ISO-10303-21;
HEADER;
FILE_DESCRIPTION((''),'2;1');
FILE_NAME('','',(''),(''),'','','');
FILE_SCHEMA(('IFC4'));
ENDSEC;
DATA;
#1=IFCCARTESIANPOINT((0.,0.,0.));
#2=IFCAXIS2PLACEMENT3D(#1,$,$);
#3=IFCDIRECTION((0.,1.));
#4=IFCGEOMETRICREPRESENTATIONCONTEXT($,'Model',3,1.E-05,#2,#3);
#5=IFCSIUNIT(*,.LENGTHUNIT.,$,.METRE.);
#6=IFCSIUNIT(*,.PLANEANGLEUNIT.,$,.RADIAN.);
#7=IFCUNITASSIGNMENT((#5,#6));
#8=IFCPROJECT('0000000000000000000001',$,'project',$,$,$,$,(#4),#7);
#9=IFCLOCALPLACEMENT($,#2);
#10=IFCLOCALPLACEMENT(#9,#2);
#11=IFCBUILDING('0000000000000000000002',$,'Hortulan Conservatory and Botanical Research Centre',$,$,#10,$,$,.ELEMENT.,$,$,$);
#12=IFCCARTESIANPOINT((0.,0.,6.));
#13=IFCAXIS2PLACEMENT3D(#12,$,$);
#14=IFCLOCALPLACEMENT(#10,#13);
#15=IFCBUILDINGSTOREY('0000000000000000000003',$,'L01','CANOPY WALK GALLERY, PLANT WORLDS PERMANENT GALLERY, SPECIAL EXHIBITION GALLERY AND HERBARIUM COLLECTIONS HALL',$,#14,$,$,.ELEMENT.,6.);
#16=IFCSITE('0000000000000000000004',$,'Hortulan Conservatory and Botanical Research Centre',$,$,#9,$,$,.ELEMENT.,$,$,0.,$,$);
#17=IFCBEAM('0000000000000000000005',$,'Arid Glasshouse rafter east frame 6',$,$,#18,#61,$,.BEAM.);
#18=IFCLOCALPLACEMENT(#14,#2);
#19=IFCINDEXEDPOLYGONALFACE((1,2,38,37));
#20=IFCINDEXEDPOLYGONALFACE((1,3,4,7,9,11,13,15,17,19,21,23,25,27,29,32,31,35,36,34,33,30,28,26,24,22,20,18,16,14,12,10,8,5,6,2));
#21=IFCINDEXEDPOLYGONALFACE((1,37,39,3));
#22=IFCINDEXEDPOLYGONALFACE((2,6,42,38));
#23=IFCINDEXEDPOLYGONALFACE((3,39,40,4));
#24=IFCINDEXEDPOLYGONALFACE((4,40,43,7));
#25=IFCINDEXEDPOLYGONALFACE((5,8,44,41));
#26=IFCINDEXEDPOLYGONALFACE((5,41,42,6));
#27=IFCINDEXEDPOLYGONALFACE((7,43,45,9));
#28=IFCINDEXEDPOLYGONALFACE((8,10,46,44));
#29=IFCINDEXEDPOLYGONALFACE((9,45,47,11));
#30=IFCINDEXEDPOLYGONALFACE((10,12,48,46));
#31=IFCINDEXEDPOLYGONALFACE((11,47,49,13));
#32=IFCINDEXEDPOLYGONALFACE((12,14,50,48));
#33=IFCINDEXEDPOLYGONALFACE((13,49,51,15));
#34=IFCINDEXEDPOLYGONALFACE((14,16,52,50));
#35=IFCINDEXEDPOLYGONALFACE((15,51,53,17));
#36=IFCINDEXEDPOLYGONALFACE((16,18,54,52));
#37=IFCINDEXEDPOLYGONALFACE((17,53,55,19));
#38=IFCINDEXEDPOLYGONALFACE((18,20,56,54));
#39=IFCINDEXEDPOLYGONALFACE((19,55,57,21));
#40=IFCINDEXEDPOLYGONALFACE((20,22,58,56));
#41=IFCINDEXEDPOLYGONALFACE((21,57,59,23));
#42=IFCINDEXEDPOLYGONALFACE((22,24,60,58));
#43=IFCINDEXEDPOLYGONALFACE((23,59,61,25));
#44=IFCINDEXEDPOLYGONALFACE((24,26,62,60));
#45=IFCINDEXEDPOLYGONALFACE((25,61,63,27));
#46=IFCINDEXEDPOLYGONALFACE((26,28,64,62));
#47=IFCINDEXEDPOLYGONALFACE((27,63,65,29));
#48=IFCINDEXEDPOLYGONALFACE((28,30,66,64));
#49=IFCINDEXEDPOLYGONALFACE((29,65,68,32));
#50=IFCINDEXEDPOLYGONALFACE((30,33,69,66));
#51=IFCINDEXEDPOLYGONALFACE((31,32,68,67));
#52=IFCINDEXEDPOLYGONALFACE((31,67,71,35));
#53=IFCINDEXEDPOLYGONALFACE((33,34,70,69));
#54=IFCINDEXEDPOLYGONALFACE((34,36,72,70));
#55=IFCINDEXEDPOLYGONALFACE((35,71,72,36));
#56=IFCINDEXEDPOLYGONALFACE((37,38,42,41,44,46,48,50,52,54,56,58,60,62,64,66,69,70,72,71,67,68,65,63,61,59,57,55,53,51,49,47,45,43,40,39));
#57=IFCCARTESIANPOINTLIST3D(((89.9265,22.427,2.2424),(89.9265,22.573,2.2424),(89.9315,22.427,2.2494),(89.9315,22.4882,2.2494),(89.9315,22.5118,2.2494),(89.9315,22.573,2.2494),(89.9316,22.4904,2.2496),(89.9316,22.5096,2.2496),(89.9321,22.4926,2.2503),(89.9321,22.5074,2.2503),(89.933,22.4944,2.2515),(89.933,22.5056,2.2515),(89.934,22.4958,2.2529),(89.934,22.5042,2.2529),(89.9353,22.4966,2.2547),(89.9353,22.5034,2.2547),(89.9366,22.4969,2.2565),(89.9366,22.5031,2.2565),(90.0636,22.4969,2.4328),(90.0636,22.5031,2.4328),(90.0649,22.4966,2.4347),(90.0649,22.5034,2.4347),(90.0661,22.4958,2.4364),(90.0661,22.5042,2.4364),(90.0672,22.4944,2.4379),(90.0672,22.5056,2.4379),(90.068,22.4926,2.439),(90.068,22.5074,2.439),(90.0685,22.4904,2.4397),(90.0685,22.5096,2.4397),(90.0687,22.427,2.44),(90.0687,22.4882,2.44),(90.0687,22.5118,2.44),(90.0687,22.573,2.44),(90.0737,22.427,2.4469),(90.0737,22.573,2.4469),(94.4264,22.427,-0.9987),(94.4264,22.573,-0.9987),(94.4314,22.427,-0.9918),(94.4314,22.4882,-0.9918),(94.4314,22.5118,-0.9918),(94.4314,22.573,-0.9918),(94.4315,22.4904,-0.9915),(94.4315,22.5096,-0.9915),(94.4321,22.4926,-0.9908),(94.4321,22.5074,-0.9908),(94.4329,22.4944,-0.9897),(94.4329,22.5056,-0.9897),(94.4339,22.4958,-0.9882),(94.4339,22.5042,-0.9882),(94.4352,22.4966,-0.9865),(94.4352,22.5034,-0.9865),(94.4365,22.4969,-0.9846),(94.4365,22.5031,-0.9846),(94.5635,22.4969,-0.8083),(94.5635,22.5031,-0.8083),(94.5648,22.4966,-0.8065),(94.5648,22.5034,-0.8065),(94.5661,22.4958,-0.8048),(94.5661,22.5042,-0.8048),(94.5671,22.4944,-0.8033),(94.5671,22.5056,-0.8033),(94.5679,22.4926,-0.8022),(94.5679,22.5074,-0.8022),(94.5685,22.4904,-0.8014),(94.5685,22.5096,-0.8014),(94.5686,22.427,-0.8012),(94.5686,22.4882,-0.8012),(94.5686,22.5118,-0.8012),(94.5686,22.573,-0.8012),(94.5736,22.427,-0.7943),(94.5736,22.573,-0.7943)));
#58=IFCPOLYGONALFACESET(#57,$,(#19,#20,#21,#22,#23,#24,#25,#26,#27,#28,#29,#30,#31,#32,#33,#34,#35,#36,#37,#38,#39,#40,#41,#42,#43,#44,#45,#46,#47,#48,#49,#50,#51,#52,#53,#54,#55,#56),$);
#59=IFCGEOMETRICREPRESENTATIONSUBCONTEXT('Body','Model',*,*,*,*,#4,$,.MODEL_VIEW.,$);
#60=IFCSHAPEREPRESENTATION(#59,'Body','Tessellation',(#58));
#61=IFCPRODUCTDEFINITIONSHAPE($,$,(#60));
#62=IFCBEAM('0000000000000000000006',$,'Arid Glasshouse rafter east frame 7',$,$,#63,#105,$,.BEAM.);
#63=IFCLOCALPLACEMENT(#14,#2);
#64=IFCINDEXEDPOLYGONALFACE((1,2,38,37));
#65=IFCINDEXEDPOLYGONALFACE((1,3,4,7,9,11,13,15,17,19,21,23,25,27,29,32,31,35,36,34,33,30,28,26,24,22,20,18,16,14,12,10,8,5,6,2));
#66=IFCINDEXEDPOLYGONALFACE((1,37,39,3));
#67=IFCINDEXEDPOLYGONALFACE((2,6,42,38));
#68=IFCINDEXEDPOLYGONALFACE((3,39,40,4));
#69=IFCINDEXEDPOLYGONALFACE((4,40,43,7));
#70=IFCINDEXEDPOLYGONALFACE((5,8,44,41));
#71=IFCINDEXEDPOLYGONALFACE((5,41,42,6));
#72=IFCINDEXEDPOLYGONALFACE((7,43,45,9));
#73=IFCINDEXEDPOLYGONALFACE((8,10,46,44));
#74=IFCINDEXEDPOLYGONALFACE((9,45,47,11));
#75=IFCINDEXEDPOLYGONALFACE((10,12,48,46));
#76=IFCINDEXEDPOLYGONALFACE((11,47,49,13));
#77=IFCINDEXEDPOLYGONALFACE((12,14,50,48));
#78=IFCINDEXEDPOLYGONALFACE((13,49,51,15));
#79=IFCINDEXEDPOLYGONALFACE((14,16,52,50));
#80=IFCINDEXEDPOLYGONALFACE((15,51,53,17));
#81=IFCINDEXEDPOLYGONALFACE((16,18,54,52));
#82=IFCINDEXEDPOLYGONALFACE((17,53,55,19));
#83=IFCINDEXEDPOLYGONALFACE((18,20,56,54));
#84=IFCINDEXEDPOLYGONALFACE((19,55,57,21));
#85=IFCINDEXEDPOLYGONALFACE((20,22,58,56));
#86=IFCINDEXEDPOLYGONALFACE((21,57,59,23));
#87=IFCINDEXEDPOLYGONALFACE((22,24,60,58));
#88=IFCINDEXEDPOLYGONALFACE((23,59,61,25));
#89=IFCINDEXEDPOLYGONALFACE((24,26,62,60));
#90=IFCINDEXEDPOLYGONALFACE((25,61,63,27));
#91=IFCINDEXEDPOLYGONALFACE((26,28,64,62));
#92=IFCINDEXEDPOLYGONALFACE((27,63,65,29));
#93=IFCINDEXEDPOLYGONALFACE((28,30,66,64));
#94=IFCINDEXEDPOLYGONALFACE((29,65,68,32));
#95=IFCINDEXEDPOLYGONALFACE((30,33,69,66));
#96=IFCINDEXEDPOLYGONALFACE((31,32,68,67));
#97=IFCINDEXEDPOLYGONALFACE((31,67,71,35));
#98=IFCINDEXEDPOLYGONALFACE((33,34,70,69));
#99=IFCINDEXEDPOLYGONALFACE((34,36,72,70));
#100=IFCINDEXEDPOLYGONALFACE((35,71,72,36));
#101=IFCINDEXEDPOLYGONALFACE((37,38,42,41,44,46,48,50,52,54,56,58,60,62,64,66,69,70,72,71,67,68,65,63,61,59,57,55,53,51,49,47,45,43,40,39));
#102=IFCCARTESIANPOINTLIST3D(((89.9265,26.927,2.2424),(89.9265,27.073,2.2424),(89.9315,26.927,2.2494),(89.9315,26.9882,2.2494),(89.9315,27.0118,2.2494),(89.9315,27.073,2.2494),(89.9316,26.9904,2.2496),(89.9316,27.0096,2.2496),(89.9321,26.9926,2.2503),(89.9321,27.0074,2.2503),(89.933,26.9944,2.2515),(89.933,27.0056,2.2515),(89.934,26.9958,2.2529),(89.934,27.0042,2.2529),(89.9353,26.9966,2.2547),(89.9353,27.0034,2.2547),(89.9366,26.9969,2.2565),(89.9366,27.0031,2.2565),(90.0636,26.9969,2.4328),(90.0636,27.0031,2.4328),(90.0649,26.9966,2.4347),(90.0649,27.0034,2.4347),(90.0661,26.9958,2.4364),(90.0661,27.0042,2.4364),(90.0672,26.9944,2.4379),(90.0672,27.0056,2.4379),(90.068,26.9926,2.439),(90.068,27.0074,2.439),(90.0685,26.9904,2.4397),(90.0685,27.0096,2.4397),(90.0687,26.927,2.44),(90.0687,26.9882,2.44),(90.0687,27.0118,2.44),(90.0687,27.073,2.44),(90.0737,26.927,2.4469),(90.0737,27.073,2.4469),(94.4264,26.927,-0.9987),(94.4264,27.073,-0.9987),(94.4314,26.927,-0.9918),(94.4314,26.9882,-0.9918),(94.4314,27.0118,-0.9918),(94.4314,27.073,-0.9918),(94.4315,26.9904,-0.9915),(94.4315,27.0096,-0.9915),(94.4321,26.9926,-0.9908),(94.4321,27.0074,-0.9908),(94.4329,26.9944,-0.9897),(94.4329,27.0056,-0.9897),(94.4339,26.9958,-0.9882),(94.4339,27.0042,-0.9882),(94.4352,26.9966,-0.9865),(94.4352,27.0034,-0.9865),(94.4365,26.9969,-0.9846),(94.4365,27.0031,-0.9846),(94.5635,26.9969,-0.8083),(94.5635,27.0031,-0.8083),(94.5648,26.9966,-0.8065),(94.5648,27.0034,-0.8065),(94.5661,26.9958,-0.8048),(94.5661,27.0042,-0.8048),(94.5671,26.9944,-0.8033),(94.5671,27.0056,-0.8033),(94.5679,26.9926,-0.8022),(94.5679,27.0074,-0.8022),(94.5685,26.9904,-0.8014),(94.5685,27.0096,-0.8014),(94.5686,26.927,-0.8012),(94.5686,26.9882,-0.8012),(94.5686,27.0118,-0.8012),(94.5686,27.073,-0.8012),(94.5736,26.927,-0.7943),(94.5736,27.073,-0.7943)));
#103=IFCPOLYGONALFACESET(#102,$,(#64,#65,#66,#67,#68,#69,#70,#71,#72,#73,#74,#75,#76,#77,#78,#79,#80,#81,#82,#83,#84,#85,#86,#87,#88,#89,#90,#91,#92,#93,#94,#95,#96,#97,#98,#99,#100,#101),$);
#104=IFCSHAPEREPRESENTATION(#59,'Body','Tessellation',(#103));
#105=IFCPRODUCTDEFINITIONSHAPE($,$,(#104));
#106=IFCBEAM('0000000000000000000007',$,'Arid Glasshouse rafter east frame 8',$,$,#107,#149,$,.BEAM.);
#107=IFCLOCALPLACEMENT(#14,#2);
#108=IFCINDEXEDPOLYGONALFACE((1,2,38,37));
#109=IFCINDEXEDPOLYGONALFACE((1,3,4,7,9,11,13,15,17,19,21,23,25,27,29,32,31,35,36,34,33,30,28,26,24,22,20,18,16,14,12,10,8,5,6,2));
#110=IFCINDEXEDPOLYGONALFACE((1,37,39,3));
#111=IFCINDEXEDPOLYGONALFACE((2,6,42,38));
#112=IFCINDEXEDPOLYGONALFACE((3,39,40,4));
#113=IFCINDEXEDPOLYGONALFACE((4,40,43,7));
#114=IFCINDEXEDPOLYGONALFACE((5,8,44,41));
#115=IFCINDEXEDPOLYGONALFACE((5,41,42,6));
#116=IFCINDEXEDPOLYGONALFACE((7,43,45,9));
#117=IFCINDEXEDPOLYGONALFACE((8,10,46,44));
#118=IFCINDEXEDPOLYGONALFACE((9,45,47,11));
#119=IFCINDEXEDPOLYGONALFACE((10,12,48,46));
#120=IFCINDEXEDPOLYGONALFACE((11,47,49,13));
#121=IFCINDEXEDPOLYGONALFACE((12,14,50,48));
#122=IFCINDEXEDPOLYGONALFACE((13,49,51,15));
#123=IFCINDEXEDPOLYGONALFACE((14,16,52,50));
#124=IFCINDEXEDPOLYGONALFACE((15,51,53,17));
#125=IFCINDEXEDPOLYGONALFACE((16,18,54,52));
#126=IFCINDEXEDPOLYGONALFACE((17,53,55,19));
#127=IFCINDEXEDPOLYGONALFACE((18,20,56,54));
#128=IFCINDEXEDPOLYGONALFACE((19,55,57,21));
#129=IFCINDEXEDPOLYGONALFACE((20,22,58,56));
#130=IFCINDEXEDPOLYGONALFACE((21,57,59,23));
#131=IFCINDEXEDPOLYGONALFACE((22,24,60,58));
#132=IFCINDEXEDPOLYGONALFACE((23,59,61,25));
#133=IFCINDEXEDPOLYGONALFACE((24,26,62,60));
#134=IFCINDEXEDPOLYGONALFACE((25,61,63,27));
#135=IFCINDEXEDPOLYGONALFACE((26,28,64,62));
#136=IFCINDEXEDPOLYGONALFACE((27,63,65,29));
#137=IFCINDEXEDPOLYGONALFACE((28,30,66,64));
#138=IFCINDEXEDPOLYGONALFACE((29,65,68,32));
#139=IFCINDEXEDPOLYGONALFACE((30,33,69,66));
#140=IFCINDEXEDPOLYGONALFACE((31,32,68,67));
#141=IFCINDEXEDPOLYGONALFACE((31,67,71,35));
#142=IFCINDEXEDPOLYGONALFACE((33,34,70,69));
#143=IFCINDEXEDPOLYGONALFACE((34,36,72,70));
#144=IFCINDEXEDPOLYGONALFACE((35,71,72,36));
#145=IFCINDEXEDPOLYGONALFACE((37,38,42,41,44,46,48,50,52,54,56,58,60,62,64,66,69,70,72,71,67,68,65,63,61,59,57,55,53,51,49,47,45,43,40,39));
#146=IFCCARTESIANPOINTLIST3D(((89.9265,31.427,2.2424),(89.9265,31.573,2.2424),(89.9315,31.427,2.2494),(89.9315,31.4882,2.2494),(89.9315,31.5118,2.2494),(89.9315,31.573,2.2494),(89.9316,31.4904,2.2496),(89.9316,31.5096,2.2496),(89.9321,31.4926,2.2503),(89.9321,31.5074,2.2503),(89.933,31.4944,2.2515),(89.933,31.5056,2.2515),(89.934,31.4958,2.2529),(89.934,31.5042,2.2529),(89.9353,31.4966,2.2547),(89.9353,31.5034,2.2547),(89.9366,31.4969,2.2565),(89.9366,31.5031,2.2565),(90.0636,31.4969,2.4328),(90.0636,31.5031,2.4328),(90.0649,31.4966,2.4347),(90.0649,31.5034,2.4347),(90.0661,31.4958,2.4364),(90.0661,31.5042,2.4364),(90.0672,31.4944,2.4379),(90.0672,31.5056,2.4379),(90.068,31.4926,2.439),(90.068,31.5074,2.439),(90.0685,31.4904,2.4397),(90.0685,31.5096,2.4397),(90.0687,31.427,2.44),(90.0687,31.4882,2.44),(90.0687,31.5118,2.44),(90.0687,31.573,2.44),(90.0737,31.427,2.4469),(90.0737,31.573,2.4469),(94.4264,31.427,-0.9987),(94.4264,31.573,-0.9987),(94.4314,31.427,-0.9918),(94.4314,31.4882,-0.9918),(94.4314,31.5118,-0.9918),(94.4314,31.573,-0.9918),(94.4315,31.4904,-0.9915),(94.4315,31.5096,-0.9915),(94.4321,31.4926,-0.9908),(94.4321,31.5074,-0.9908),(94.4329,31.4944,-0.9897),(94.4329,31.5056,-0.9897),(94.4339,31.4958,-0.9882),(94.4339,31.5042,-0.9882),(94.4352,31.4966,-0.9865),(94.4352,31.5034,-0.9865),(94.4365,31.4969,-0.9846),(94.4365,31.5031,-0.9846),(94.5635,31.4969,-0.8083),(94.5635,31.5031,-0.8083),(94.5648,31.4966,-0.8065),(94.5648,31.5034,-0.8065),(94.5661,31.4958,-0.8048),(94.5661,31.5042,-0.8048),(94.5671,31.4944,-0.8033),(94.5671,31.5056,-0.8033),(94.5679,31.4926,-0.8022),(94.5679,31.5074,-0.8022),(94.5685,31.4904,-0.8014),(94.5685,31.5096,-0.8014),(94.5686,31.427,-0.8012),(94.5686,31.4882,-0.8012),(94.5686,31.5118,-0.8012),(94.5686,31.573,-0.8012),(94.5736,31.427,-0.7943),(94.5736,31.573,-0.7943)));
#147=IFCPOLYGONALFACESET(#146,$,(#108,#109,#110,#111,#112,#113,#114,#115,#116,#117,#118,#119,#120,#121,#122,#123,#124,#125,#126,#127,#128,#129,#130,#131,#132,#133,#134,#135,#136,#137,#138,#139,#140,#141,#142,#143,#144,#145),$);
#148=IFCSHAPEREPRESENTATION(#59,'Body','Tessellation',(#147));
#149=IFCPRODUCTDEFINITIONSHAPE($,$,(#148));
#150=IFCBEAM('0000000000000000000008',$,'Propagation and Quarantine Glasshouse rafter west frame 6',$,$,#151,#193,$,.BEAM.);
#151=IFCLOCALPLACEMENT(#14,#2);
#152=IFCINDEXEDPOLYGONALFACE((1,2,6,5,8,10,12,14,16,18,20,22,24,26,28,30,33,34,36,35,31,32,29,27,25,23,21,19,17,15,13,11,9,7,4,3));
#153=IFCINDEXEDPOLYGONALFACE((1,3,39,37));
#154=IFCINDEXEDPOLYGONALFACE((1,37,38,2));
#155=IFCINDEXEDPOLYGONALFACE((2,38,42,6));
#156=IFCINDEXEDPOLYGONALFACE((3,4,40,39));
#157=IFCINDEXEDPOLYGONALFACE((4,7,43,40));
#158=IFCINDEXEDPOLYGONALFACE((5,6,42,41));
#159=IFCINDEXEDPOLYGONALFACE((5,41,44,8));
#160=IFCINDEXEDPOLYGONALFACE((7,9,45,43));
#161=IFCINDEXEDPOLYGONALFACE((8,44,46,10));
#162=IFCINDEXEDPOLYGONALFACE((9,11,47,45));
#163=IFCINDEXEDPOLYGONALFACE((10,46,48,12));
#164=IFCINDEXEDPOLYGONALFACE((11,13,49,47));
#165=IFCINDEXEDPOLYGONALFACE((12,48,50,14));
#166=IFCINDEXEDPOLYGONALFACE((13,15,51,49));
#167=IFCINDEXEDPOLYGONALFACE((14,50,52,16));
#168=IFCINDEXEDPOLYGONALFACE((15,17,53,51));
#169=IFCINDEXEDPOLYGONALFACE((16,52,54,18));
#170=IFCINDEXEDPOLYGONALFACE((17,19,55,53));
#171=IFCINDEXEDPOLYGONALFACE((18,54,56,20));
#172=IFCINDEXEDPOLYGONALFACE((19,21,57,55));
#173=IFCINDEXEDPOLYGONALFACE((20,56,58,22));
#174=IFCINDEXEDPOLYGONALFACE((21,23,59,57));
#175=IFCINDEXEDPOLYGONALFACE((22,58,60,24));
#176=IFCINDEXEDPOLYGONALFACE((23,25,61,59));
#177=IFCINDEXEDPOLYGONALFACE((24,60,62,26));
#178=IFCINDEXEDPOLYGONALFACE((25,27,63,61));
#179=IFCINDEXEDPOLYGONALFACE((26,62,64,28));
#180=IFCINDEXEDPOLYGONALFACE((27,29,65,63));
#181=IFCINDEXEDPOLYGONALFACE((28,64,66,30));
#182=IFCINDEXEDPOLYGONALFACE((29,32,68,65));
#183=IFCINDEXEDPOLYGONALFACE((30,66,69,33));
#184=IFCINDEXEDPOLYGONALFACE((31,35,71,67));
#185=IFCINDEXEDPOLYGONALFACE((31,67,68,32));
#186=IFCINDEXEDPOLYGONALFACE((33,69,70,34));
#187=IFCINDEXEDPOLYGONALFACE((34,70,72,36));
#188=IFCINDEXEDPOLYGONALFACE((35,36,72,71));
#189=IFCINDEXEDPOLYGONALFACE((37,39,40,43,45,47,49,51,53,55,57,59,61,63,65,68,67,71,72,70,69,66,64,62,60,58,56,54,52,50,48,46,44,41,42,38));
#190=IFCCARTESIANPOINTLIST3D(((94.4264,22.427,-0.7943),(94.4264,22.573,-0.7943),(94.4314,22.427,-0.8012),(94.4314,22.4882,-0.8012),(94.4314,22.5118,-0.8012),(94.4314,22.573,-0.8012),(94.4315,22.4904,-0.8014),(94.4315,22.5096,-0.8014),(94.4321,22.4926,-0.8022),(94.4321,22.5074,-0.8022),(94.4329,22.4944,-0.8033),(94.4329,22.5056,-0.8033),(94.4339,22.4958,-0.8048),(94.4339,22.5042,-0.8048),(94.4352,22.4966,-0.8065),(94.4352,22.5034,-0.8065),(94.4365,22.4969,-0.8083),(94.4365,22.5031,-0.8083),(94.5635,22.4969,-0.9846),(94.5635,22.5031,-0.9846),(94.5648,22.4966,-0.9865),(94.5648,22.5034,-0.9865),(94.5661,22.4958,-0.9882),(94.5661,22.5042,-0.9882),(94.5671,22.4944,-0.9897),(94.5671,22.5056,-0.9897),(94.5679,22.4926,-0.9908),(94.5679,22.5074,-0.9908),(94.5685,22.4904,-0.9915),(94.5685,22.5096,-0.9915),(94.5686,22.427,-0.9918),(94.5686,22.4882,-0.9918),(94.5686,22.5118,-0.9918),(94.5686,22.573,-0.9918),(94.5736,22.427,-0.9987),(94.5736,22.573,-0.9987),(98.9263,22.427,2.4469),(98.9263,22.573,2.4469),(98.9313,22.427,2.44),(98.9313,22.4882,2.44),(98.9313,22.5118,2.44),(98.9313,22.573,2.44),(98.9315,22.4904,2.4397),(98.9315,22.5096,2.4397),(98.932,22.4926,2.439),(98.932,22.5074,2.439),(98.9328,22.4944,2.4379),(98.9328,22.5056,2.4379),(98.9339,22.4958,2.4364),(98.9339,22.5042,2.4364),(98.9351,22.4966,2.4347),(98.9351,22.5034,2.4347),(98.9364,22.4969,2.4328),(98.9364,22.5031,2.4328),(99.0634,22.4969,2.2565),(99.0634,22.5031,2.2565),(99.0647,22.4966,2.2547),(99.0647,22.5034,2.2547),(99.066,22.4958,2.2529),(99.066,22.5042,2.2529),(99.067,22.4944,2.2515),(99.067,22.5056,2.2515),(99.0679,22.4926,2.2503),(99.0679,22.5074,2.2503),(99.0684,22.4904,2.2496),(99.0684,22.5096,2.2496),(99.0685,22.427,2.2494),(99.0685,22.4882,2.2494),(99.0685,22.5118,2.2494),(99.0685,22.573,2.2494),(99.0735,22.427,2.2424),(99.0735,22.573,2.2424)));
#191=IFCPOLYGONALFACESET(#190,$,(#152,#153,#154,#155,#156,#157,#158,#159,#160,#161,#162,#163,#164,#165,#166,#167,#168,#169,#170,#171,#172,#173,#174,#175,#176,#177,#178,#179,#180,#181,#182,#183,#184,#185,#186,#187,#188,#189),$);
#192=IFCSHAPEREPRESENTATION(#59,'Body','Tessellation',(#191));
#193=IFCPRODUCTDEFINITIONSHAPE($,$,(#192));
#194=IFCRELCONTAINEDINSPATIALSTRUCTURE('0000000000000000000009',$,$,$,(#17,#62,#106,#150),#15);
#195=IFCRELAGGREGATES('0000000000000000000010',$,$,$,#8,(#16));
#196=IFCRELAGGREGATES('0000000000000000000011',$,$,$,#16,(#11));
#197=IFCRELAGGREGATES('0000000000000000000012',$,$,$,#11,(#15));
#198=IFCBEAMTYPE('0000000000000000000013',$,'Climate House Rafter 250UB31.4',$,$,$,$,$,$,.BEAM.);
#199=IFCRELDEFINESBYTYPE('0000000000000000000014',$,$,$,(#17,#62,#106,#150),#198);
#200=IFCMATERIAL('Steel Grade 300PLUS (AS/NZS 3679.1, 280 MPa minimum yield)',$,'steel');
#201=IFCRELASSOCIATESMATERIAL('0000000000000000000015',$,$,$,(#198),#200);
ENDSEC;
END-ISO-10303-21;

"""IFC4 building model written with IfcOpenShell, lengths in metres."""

from ifc_helpers import new_model, si_unit, direction, frame, origin, origin_2d, place, context, subcontext, project, spatial, i_section, extrude, material, material_profile, profile_set, type_object, element, save


model = new_model("IFC4")

# Units and contexts
model_context = context("Model", 3, precision=1e-05, world=origin(), true_north=direction((0.0, 1.0)))
body_context = subcontext(model_context, "Body", "Model", "MODEL_VIEW")
ifc_project = project(units=[si_unit("LENGTHUNIT", "METRE"), si_unit("PLANEANGLEUNIT", "RADIAN")], contexts=[model_context])

# Site, building, storey
site_placement = place(None, origin())
site = spatial("IfcSite", under=ifc_project, at=site_placement, Name="Hortulan Conservatory and Botanical Research Centre", CompositionType="ELEMENT", RefElevation=0.0)
building_placement = place(site_placement, origin())
building = spatial("IfcBuilding", under=site, at=building_placement, Name="Hortulan Conservatory and Botanical Research Centre", CompositionType="ELEMENT")
storey_placement = place(building_placement, frame((0.0, 0.0, 6.0)))
storey = spatial("IfcBuildingStorey", under=building, at=storey_placement, Name="L01", Description="CANOPY WALK GALLERY, PLANT WORLDS PERMANENT GALLERY, SPECIAL EXHIBITION GALLERY AND HERBARIUM COLLECTIONS HALL", CompositionType="ELEMENT", Elevation=6.0)

# Beams
ifc_material_1 = material(Name="Steel Grade 300PLUS (AS/NZS 3679.1, 280 MPa minimum yield)", Category="steel")
ifc_material_profile_1 = material_profile(ifc_material_1, i_section(OverallWidth=0.146, OverallDepth=0.252, WebThickness=0.0061, FlangeThickness=0.0085, FilletRadius=0.0088, at=origin_2d()), Name="250UB31.4")
ifc_profile_set_1 = profile_set([ifc_material_profile_1], Name="Steel Grade 300PLUS (AS/NZS 3679.1, 280 MPa minimum yield)")
beam_type = type_object("IfcBeamType", Name="Climate House Rafter 250UB31.4", PredefinedType="BEAM", material=ifc_profile_set_1)
for number, where, z_axis, x_axis, name in (
    (1, (94.5, 22.5, -0.8965), (-0.811431, 0.0, 0.584449), (0.0, -1.0, 0.0), "Arid Glasshouse rafter east frame 6"),
    (2, (94.5, 27.0, -0.8965), (-0.811431, 0.0, 0.584449), (0.0, -1.0, 0.0), "Arid Glasshouse rafter east frame 7"),
    (3, (94.5, 31.5, -0.8965), (-0.811431, 0.0, 0.584449), (0.0, -1.0, 0.0), "Arid Glasshouse rafter east frame 8"),
    (4, (94.5, 22.5, -0.8965), (0.811431, 0.0, 0.584449), (0.0, 1.0, 0.0), "Propagation and Quarantine Glasshouse rafter west frame 6"),
):
    element("IfcBeam", number, at=place(storey_placement, frame(where, z_axis=z_axis, x_axis=x_axis)), inside=storey, type_object=beam_type, Name=name, PredefinedType="BEAM", context=body_context, shape_type="SweptSolid", body=[
        extrude(i_section(OverallWidth=0.146, OverallDepth=0.252, WebThickness=0.0061, FlangeThickness=0.0085, FilletRadius=0.0088, at=origin_2d()), origin(), (0.0, 0.0, 1.0), 5.5457),
    ])

save(model, "model.ifc")
